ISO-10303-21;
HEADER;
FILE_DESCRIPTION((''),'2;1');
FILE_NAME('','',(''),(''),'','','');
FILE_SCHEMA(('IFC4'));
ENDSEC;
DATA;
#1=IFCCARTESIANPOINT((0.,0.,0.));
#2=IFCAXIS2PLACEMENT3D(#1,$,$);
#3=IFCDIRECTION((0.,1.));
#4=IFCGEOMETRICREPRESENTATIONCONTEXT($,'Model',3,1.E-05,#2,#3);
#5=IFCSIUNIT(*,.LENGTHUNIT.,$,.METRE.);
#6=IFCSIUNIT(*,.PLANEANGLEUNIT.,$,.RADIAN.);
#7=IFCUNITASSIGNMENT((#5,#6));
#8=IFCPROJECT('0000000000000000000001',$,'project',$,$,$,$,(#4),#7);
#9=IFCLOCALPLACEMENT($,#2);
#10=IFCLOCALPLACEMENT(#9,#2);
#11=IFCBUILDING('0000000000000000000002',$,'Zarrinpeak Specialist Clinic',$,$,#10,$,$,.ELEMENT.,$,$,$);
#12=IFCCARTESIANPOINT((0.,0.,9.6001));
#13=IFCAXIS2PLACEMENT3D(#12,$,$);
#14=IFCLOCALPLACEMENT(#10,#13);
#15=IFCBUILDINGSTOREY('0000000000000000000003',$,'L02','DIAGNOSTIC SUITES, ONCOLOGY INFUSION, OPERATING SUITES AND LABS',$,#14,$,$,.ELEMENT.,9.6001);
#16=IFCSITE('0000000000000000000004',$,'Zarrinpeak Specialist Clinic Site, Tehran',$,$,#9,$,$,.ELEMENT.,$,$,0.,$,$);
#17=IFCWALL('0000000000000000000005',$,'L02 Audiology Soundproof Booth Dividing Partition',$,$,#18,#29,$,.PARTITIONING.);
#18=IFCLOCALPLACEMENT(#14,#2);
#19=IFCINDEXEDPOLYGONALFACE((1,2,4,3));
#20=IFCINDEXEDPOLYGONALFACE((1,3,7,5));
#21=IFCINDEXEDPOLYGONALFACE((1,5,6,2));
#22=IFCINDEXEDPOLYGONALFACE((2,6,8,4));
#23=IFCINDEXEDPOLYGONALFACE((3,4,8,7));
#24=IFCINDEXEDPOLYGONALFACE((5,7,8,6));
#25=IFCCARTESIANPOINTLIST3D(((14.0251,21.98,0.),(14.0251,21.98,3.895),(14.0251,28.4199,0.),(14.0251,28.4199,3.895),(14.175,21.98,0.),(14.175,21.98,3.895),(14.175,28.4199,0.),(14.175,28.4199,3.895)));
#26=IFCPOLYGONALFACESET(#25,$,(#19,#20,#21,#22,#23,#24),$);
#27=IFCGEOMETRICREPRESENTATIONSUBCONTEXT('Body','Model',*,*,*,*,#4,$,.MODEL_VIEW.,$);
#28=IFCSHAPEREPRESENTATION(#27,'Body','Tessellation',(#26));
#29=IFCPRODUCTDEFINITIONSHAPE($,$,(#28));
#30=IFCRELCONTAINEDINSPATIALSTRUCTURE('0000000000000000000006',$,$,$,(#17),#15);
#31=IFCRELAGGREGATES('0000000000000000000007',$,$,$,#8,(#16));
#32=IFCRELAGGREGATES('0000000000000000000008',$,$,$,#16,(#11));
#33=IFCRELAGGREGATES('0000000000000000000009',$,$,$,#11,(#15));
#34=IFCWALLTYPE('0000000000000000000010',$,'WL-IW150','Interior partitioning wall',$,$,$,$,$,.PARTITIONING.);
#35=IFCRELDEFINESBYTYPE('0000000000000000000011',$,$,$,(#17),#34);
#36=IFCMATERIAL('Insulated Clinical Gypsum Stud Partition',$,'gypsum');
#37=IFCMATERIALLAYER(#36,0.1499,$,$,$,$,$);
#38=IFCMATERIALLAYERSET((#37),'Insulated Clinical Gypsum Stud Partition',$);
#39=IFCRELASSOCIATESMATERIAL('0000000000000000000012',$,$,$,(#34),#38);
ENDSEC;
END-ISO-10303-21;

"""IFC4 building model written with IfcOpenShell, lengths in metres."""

from ifc_helpers import new_model, si_unit, direction, frame, frame_2d, origin, place, context, subcontext, project, spatial, rectangle, extrude, material, layer, layer_set, type_object, element, save


model = new_model("IFC4")

# Units and contexts
model_context = context("Model", 3, precision=1e-05, world=origin(), true_north=direction((0.0, 1.0)))
body_context = subcontext(model_context, "Body", "Model", "MODEL_VIEW")
ifc_project = project(units=[si_unit("LENGTHUNIT", "METRE"), si_unit("PLANEANGLEUNIT", "RADIAN")], contexts=[model_context])

# Site, building, storey
site_placement = place(None, origin())
site = spatial("IfcSite", under=ifc_project, at=site_placement, Name="Zarrinpeak Specialist Clinic Site, Tehran", CompositionType="ELEMENT", RefElevation=0.0)
building_placement = place(site_placement, origin())
building = spatial("IfcBuilding", under=site, at=building_placement, Name="Zarrinpeak Specialist Clinic", CompositionType="ELEMENT")
storey_placement = place(building_placement, frame((0.0, 0.0, 9.6001)))
storey = spatial("IfcBuildingStorey", under=building, at=storey_placement, Name="L02", Description="DIAGNOSTIC SUITES, ONCOLOGY INFUSION, OPERATING SUITES AND LABS", CompositionType="ELEMENT", Elevation=9.6001)

# Wall
ifc_material_1 = material(Name="Insulated Clinical Gypsum Stud Partition", Category="gypsum")
ifc_layer_1 = layer(ifc_material_1, 0.1499)
ifc_layer_set_1 = layer_set([ifc_layer_1], Name="Insulated Clinical Gypsum Stud Partition")
wall_type_1 = type_object("IfcWallType", Name="WL-IW150", Description="Interior partitioning wall", PredefinedType="PARTITIONING", material=ifc_layer_set_1)
wall_1_placement = place(storey_placement, frame((14.1001, 21.98, 0.0), z_axis=(0.0, 0.0, 1.0), x_axis=(0.0, 1.0, 0.0)))
element("IfcWall", 1, at=wall_1_placement, inside=storey, type_object=wall_type_1, Name="L02 Audiology Soundproof Booth Dividing Partition", PredefinedType="PARTITIONING", context=body_context, shape_type="SweptSolid", body=[
    extrude(rectangle(XDim=6.4399, YDim=0.1499, at=frame_2d((3.22, 0.0))), origin(), (0.0, 0.0, 1.0), 3.895),
])

save(model, "model.ifc")
